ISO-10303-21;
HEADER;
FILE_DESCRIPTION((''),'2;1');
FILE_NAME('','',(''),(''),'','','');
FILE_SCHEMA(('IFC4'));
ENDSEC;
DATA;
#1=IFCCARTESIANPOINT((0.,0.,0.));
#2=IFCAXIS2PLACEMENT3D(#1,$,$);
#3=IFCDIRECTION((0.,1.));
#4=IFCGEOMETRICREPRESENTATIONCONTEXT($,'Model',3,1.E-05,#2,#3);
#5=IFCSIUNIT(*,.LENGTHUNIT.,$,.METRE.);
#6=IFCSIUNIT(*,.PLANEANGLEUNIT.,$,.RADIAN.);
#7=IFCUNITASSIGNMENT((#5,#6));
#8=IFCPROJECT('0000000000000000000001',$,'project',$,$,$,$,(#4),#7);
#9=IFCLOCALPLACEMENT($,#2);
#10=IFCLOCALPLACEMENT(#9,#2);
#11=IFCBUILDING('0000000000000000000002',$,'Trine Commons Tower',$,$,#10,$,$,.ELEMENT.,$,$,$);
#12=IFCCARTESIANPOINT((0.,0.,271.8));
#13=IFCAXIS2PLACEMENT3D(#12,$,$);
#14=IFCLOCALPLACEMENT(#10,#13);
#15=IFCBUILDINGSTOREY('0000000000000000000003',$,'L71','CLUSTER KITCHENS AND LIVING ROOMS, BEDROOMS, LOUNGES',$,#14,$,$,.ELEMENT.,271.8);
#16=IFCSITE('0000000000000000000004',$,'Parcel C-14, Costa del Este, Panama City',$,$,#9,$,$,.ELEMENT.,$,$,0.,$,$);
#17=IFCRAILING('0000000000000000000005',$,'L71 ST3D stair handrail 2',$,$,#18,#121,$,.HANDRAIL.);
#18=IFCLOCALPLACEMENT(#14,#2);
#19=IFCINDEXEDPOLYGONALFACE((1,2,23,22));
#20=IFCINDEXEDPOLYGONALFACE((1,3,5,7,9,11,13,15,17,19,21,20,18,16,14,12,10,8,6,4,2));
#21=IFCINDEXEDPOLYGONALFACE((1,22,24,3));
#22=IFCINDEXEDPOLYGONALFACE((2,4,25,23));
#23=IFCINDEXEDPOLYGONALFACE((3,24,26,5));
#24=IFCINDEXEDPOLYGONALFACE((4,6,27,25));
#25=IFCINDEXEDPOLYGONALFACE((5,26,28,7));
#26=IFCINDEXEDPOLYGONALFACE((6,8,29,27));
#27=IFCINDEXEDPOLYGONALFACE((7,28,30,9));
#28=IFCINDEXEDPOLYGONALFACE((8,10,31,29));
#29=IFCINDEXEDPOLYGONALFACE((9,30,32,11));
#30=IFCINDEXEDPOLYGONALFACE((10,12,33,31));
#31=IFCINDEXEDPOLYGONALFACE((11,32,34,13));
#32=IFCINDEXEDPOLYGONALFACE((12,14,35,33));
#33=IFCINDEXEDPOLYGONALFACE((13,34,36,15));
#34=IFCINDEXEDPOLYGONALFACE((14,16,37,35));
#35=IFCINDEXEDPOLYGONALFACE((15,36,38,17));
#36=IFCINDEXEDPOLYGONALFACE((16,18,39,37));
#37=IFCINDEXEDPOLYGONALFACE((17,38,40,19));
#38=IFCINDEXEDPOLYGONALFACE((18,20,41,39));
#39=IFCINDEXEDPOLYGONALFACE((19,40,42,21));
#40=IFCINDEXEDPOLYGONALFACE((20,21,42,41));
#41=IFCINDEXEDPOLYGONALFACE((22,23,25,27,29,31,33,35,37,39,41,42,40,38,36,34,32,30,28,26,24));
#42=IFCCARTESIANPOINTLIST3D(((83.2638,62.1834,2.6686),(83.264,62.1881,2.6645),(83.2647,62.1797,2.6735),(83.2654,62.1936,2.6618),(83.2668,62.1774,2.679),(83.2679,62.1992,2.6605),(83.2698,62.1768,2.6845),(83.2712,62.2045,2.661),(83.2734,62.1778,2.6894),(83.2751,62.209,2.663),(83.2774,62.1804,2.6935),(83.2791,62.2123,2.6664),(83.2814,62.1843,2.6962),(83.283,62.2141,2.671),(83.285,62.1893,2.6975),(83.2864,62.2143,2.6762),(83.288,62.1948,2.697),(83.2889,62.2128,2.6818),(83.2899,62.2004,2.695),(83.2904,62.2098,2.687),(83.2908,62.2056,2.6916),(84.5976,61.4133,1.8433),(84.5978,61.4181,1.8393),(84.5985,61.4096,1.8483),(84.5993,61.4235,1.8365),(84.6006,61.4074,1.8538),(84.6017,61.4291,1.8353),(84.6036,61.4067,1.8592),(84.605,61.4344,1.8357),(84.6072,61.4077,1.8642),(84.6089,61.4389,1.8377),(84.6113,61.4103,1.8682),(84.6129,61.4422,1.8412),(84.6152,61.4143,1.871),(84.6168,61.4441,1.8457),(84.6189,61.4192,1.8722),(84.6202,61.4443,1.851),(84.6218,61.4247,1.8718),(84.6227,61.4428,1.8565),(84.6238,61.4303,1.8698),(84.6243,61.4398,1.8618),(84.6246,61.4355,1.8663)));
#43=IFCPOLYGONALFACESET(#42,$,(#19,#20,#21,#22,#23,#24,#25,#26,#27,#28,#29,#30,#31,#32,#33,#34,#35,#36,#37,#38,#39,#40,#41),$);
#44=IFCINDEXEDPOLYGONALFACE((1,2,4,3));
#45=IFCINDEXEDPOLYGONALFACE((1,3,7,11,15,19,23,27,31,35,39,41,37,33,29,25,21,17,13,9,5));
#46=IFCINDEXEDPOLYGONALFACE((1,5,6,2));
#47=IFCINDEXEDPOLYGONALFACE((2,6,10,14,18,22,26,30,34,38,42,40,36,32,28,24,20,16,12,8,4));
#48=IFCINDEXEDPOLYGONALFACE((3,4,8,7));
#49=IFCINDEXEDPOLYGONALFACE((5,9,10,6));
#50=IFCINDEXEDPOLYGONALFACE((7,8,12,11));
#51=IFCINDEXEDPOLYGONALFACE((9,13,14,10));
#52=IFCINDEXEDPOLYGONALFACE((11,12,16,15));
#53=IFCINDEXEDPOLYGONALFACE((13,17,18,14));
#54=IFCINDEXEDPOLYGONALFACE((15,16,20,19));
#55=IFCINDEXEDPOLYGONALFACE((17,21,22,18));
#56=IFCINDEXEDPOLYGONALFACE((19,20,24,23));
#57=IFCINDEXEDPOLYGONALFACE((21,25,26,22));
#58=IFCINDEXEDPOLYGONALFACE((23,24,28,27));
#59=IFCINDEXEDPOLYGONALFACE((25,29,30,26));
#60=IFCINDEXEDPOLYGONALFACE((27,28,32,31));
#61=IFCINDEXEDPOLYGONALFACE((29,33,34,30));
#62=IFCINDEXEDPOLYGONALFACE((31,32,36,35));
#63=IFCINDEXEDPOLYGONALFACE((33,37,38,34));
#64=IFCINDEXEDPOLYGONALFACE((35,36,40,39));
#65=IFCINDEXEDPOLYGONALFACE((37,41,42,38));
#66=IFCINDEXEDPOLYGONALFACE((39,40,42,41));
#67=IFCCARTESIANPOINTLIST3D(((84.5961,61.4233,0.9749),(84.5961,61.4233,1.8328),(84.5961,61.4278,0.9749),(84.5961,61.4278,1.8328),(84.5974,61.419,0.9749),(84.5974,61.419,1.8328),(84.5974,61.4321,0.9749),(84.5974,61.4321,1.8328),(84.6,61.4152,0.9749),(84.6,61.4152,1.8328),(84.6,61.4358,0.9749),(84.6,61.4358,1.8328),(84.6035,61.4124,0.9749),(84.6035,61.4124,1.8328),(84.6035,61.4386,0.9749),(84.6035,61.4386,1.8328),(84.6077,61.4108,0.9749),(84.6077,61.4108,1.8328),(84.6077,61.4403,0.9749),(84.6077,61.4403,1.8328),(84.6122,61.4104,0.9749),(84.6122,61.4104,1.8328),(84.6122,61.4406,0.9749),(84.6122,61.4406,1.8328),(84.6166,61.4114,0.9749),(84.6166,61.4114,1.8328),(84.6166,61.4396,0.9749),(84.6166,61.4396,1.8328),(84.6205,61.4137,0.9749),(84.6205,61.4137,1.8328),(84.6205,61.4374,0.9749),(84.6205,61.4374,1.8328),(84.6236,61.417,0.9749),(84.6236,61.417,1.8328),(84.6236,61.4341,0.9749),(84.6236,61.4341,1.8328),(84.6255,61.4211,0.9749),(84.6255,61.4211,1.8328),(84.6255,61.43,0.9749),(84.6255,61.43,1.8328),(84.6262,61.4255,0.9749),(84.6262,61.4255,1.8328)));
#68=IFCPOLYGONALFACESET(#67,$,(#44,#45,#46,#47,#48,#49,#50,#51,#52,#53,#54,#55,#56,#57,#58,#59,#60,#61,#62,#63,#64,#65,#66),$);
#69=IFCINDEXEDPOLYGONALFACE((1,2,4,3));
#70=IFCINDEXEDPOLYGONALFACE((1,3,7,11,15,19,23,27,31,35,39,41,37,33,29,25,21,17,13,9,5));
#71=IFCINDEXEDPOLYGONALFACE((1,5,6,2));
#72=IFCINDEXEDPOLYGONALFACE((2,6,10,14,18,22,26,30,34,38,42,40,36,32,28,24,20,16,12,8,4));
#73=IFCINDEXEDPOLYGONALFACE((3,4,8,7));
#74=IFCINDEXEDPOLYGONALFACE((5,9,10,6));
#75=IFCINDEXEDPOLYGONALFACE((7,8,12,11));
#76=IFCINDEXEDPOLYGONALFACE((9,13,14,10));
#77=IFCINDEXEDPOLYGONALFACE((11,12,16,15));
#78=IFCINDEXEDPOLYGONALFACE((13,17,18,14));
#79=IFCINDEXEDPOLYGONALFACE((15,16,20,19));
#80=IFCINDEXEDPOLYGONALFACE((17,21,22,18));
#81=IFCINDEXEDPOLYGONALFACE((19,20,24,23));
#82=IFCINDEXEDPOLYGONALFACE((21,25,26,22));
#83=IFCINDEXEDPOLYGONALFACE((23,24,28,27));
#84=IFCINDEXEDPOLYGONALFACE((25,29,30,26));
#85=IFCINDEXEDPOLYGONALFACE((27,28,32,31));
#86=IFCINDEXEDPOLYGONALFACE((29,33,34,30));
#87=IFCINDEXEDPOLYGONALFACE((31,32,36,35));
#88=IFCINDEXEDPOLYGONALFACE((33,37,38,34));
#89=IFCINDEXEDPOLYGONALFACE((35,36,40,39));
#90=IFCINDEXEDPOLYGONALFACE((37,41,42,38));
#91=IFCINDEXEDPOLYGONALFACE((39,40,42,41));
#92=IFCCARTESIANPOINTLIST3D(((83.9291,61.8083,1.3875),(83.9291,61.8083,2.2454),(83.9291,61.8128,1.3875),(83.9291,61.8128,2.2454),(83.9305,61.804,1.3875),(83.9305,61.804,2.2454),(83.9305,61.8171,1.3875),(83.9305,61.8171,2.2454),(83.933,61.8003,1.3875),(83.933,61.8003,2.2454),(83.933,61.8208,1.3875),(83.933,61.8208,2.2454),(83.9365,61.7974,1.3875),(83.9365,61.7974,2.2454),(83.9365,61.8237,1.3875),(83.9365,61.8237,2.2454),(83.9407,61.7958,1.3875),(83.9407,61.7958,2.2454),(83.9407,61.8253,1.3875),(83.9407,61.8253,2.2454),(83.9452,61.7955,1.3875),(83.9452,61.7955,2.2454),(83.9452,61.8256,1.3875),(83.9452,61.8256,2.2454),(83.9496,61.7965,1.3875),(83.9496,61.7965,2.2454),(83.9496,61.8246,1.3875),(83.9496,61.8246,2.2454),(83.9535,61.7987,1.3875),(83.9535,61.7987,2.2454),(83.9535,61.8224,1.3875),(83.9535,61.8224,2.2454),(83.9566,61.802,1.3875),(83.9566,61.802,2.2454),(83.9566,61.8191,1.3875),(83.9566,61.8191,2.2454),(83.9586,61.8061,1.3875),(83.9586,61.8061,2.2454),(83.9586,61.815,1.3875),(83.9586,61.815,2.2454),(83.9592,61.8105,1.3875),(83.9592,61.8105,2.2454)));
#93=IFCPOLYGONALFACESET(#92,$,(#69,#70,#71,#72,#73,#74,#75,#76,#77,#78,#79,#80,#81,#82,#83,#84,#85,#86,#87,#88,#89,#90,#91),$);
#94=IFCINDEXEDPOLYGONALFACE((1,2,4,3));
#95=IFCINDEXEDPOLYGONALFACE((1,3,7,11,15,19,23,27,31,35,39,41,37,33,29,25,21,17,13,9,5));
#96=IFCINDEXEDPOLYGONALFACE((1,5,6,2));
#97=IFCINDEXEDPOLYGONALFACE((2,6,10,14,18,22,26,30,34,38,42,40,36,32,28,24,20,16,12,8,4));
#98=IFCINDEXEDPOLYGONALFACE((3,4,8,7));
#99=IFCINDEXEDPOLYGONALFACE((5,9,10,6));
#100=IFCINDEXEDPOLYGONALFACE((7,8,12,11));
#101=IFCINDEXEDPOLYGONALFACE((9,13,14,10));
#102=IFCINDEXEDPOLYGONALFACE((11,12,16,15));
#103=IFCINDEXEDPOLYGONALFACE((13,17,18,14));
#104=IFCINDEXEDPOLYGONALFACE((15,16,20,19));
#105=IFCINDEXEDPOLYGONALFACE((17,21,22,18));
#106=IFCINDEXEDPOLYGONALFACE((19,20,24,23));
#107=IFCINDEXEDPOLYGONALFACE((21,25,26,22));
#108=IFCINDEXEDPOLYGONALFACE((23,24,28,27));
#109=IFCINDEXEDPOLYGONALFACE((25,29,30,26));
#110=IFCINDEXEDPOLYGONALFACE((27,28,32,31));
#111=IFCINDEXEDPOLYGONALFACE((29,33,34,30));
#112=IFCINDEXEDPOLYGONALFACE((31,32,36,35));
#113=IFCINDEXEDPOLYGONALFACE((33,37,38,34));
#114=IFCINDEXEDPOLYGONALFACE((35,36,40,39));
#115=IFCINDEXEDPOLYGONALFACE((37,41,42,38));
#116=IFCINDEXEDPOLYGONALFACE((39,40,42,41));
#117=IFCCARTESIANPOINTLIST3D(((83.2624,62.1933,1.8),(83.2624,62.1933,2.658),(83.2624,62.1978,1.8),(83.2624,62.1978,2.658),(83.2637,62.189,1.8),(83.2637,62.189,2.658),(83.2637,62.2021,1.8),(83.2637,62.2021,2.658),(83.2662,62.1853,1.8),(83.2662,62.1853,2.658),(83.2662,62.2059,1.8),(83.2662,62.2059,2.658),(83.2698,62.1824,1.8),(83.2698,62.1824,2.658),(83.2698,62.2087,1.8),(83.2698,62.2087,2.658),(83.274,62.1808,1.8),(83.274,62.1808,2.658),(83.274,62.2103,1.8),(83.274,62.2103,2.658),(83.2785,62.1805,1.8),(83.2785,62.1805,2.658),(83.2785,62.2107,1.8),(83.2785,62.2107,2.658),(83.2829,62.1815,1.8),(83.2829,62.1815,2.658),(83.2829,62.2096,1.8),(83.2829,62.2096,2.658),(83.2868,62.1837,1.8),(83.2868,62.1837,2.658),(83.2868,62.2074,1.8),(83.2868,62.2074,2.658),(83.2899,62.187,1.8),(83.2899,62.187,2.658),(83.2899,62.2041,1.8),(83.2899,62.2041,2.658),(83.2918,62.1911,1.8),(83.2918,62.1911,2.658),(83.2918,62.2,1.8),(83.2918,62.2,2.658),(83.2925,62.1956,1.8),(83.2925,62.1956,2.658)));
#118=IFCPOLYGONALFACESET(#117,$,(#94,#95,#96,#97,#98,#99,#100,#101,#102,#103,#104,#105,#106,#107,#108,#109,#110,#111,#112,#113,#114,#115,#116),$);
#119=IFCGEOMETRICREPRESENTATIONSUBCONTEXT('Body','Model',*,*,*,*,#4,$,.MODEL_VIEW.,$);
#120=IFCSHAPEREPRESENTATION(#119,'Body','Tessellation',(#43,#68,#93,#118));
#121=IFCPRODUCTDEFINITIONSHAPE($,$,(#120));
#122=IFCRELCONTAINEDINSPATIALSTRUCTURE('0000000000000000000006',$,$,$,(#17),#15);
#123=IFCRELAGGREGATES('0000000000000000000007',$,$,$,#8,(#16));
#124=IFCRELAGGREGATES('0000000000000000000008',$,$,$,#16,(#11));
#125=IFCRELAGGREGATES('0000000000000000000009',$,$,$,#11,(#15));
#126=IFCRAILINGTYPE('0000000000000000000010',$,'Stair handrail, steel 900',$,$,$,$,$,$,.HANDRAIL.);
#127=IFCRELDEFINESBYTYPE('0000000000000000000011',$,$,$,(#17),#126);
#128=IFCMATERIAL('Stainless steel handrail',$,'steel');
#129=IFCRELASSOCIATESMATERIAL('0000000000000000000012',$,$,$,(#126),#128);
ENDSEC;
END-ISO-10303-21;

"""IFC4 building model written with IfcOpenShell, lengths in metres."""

from ifc_helpers import new_model, si_unit, direction, frame, origin, origin_2d, place, context, subcontext, project, spatial, circle, extrude, material, type_object, element, save


model = new_model("IFC4")

# Units and contexts
model_context = context("Model", 3, precision=1e-05, world=origin(), true_north=direction((0.0, 1.0)))
body_context = subcontext(model_context, "Body", "Model", "MODEL_VIEW")
ifc_project = project(units=[si_unit("LENGTHUNIT", "METRE"), si_unit("PLANEANGLEUNIT", "RADIAN")], contexts=[model_context])

# Site, building, storey
site_placement = place(None, origin())
site = spatial("IfcSite", under=ifc_project, at=site_placement, Name="Parcel C-14, Costa del Este, Panama City", CompositionType="ELEMENT", RefElevation=0.0)
building_placement = place(site_placement, origin())
building = spatial("IfcBuilding", under=site, at=building_placement, Name="Trine Commons Tower", CompositionType="ELEMENT")
storey_placement = place(building_placement, frame((0.0, 0.0, 271.8)))
storey = spatial("IfcBuildingStorey", under=building, at=storey_placement, Name="L71", Description="CLUSTER KITCHENS AND LIVING ROOMS, BEDROOMS, LOUNGES", CompositionType="ELEMENT", Elevation=271.8)

# Railing
ifc_material_1 = material(Name="Stainless steel handrail", Category="steel")
railing_type_1 = type_object("IfcRailingType", Name="Stair handrail, steel 900", PredefinedType="HANDRAIL", material=ifc_material_1)
railing_1_placement = place(storey_placement, frame((84.6111, 61.4255, 0.9749)))
element("IfcRailing", 1, at=railing_1_placement, inside=storey, type_object=railing_type_1, Name="L71 ST3D stair handrail 2", PredefinedType="HANDRAIL", context=body_context, shape_type="SweptSolid", body=[
    extrude(circle(Radius=0.021, at=origin_2d()), frame((0.0, 0.0, 0.8789), z_axis=(-0.763355, 0.440714, 0.472293), x_axis=(-0.499992, -0.86603, 0.0)), (0.0, 0.0, 1.0), 1.7473),
    extrude(circle(Radius=0.0151, at=origin_2d()), origin(), (0.0, 0.0, 1.0), 0.8579),
    extrude(circle(Radius=0.0151, at=origin_2d()), frame((-0.667, 0.385, 0.4126)), (0.0, 0.0, 1.0), 0.8579),
    extrude(circle(Radius=0.0151, at=origin_2d()), frame((-1.3337, 0.77, 0.8252)), (0.0, 0.0, 1.0), 0.8579),
])

save(model, "model.ifc")
